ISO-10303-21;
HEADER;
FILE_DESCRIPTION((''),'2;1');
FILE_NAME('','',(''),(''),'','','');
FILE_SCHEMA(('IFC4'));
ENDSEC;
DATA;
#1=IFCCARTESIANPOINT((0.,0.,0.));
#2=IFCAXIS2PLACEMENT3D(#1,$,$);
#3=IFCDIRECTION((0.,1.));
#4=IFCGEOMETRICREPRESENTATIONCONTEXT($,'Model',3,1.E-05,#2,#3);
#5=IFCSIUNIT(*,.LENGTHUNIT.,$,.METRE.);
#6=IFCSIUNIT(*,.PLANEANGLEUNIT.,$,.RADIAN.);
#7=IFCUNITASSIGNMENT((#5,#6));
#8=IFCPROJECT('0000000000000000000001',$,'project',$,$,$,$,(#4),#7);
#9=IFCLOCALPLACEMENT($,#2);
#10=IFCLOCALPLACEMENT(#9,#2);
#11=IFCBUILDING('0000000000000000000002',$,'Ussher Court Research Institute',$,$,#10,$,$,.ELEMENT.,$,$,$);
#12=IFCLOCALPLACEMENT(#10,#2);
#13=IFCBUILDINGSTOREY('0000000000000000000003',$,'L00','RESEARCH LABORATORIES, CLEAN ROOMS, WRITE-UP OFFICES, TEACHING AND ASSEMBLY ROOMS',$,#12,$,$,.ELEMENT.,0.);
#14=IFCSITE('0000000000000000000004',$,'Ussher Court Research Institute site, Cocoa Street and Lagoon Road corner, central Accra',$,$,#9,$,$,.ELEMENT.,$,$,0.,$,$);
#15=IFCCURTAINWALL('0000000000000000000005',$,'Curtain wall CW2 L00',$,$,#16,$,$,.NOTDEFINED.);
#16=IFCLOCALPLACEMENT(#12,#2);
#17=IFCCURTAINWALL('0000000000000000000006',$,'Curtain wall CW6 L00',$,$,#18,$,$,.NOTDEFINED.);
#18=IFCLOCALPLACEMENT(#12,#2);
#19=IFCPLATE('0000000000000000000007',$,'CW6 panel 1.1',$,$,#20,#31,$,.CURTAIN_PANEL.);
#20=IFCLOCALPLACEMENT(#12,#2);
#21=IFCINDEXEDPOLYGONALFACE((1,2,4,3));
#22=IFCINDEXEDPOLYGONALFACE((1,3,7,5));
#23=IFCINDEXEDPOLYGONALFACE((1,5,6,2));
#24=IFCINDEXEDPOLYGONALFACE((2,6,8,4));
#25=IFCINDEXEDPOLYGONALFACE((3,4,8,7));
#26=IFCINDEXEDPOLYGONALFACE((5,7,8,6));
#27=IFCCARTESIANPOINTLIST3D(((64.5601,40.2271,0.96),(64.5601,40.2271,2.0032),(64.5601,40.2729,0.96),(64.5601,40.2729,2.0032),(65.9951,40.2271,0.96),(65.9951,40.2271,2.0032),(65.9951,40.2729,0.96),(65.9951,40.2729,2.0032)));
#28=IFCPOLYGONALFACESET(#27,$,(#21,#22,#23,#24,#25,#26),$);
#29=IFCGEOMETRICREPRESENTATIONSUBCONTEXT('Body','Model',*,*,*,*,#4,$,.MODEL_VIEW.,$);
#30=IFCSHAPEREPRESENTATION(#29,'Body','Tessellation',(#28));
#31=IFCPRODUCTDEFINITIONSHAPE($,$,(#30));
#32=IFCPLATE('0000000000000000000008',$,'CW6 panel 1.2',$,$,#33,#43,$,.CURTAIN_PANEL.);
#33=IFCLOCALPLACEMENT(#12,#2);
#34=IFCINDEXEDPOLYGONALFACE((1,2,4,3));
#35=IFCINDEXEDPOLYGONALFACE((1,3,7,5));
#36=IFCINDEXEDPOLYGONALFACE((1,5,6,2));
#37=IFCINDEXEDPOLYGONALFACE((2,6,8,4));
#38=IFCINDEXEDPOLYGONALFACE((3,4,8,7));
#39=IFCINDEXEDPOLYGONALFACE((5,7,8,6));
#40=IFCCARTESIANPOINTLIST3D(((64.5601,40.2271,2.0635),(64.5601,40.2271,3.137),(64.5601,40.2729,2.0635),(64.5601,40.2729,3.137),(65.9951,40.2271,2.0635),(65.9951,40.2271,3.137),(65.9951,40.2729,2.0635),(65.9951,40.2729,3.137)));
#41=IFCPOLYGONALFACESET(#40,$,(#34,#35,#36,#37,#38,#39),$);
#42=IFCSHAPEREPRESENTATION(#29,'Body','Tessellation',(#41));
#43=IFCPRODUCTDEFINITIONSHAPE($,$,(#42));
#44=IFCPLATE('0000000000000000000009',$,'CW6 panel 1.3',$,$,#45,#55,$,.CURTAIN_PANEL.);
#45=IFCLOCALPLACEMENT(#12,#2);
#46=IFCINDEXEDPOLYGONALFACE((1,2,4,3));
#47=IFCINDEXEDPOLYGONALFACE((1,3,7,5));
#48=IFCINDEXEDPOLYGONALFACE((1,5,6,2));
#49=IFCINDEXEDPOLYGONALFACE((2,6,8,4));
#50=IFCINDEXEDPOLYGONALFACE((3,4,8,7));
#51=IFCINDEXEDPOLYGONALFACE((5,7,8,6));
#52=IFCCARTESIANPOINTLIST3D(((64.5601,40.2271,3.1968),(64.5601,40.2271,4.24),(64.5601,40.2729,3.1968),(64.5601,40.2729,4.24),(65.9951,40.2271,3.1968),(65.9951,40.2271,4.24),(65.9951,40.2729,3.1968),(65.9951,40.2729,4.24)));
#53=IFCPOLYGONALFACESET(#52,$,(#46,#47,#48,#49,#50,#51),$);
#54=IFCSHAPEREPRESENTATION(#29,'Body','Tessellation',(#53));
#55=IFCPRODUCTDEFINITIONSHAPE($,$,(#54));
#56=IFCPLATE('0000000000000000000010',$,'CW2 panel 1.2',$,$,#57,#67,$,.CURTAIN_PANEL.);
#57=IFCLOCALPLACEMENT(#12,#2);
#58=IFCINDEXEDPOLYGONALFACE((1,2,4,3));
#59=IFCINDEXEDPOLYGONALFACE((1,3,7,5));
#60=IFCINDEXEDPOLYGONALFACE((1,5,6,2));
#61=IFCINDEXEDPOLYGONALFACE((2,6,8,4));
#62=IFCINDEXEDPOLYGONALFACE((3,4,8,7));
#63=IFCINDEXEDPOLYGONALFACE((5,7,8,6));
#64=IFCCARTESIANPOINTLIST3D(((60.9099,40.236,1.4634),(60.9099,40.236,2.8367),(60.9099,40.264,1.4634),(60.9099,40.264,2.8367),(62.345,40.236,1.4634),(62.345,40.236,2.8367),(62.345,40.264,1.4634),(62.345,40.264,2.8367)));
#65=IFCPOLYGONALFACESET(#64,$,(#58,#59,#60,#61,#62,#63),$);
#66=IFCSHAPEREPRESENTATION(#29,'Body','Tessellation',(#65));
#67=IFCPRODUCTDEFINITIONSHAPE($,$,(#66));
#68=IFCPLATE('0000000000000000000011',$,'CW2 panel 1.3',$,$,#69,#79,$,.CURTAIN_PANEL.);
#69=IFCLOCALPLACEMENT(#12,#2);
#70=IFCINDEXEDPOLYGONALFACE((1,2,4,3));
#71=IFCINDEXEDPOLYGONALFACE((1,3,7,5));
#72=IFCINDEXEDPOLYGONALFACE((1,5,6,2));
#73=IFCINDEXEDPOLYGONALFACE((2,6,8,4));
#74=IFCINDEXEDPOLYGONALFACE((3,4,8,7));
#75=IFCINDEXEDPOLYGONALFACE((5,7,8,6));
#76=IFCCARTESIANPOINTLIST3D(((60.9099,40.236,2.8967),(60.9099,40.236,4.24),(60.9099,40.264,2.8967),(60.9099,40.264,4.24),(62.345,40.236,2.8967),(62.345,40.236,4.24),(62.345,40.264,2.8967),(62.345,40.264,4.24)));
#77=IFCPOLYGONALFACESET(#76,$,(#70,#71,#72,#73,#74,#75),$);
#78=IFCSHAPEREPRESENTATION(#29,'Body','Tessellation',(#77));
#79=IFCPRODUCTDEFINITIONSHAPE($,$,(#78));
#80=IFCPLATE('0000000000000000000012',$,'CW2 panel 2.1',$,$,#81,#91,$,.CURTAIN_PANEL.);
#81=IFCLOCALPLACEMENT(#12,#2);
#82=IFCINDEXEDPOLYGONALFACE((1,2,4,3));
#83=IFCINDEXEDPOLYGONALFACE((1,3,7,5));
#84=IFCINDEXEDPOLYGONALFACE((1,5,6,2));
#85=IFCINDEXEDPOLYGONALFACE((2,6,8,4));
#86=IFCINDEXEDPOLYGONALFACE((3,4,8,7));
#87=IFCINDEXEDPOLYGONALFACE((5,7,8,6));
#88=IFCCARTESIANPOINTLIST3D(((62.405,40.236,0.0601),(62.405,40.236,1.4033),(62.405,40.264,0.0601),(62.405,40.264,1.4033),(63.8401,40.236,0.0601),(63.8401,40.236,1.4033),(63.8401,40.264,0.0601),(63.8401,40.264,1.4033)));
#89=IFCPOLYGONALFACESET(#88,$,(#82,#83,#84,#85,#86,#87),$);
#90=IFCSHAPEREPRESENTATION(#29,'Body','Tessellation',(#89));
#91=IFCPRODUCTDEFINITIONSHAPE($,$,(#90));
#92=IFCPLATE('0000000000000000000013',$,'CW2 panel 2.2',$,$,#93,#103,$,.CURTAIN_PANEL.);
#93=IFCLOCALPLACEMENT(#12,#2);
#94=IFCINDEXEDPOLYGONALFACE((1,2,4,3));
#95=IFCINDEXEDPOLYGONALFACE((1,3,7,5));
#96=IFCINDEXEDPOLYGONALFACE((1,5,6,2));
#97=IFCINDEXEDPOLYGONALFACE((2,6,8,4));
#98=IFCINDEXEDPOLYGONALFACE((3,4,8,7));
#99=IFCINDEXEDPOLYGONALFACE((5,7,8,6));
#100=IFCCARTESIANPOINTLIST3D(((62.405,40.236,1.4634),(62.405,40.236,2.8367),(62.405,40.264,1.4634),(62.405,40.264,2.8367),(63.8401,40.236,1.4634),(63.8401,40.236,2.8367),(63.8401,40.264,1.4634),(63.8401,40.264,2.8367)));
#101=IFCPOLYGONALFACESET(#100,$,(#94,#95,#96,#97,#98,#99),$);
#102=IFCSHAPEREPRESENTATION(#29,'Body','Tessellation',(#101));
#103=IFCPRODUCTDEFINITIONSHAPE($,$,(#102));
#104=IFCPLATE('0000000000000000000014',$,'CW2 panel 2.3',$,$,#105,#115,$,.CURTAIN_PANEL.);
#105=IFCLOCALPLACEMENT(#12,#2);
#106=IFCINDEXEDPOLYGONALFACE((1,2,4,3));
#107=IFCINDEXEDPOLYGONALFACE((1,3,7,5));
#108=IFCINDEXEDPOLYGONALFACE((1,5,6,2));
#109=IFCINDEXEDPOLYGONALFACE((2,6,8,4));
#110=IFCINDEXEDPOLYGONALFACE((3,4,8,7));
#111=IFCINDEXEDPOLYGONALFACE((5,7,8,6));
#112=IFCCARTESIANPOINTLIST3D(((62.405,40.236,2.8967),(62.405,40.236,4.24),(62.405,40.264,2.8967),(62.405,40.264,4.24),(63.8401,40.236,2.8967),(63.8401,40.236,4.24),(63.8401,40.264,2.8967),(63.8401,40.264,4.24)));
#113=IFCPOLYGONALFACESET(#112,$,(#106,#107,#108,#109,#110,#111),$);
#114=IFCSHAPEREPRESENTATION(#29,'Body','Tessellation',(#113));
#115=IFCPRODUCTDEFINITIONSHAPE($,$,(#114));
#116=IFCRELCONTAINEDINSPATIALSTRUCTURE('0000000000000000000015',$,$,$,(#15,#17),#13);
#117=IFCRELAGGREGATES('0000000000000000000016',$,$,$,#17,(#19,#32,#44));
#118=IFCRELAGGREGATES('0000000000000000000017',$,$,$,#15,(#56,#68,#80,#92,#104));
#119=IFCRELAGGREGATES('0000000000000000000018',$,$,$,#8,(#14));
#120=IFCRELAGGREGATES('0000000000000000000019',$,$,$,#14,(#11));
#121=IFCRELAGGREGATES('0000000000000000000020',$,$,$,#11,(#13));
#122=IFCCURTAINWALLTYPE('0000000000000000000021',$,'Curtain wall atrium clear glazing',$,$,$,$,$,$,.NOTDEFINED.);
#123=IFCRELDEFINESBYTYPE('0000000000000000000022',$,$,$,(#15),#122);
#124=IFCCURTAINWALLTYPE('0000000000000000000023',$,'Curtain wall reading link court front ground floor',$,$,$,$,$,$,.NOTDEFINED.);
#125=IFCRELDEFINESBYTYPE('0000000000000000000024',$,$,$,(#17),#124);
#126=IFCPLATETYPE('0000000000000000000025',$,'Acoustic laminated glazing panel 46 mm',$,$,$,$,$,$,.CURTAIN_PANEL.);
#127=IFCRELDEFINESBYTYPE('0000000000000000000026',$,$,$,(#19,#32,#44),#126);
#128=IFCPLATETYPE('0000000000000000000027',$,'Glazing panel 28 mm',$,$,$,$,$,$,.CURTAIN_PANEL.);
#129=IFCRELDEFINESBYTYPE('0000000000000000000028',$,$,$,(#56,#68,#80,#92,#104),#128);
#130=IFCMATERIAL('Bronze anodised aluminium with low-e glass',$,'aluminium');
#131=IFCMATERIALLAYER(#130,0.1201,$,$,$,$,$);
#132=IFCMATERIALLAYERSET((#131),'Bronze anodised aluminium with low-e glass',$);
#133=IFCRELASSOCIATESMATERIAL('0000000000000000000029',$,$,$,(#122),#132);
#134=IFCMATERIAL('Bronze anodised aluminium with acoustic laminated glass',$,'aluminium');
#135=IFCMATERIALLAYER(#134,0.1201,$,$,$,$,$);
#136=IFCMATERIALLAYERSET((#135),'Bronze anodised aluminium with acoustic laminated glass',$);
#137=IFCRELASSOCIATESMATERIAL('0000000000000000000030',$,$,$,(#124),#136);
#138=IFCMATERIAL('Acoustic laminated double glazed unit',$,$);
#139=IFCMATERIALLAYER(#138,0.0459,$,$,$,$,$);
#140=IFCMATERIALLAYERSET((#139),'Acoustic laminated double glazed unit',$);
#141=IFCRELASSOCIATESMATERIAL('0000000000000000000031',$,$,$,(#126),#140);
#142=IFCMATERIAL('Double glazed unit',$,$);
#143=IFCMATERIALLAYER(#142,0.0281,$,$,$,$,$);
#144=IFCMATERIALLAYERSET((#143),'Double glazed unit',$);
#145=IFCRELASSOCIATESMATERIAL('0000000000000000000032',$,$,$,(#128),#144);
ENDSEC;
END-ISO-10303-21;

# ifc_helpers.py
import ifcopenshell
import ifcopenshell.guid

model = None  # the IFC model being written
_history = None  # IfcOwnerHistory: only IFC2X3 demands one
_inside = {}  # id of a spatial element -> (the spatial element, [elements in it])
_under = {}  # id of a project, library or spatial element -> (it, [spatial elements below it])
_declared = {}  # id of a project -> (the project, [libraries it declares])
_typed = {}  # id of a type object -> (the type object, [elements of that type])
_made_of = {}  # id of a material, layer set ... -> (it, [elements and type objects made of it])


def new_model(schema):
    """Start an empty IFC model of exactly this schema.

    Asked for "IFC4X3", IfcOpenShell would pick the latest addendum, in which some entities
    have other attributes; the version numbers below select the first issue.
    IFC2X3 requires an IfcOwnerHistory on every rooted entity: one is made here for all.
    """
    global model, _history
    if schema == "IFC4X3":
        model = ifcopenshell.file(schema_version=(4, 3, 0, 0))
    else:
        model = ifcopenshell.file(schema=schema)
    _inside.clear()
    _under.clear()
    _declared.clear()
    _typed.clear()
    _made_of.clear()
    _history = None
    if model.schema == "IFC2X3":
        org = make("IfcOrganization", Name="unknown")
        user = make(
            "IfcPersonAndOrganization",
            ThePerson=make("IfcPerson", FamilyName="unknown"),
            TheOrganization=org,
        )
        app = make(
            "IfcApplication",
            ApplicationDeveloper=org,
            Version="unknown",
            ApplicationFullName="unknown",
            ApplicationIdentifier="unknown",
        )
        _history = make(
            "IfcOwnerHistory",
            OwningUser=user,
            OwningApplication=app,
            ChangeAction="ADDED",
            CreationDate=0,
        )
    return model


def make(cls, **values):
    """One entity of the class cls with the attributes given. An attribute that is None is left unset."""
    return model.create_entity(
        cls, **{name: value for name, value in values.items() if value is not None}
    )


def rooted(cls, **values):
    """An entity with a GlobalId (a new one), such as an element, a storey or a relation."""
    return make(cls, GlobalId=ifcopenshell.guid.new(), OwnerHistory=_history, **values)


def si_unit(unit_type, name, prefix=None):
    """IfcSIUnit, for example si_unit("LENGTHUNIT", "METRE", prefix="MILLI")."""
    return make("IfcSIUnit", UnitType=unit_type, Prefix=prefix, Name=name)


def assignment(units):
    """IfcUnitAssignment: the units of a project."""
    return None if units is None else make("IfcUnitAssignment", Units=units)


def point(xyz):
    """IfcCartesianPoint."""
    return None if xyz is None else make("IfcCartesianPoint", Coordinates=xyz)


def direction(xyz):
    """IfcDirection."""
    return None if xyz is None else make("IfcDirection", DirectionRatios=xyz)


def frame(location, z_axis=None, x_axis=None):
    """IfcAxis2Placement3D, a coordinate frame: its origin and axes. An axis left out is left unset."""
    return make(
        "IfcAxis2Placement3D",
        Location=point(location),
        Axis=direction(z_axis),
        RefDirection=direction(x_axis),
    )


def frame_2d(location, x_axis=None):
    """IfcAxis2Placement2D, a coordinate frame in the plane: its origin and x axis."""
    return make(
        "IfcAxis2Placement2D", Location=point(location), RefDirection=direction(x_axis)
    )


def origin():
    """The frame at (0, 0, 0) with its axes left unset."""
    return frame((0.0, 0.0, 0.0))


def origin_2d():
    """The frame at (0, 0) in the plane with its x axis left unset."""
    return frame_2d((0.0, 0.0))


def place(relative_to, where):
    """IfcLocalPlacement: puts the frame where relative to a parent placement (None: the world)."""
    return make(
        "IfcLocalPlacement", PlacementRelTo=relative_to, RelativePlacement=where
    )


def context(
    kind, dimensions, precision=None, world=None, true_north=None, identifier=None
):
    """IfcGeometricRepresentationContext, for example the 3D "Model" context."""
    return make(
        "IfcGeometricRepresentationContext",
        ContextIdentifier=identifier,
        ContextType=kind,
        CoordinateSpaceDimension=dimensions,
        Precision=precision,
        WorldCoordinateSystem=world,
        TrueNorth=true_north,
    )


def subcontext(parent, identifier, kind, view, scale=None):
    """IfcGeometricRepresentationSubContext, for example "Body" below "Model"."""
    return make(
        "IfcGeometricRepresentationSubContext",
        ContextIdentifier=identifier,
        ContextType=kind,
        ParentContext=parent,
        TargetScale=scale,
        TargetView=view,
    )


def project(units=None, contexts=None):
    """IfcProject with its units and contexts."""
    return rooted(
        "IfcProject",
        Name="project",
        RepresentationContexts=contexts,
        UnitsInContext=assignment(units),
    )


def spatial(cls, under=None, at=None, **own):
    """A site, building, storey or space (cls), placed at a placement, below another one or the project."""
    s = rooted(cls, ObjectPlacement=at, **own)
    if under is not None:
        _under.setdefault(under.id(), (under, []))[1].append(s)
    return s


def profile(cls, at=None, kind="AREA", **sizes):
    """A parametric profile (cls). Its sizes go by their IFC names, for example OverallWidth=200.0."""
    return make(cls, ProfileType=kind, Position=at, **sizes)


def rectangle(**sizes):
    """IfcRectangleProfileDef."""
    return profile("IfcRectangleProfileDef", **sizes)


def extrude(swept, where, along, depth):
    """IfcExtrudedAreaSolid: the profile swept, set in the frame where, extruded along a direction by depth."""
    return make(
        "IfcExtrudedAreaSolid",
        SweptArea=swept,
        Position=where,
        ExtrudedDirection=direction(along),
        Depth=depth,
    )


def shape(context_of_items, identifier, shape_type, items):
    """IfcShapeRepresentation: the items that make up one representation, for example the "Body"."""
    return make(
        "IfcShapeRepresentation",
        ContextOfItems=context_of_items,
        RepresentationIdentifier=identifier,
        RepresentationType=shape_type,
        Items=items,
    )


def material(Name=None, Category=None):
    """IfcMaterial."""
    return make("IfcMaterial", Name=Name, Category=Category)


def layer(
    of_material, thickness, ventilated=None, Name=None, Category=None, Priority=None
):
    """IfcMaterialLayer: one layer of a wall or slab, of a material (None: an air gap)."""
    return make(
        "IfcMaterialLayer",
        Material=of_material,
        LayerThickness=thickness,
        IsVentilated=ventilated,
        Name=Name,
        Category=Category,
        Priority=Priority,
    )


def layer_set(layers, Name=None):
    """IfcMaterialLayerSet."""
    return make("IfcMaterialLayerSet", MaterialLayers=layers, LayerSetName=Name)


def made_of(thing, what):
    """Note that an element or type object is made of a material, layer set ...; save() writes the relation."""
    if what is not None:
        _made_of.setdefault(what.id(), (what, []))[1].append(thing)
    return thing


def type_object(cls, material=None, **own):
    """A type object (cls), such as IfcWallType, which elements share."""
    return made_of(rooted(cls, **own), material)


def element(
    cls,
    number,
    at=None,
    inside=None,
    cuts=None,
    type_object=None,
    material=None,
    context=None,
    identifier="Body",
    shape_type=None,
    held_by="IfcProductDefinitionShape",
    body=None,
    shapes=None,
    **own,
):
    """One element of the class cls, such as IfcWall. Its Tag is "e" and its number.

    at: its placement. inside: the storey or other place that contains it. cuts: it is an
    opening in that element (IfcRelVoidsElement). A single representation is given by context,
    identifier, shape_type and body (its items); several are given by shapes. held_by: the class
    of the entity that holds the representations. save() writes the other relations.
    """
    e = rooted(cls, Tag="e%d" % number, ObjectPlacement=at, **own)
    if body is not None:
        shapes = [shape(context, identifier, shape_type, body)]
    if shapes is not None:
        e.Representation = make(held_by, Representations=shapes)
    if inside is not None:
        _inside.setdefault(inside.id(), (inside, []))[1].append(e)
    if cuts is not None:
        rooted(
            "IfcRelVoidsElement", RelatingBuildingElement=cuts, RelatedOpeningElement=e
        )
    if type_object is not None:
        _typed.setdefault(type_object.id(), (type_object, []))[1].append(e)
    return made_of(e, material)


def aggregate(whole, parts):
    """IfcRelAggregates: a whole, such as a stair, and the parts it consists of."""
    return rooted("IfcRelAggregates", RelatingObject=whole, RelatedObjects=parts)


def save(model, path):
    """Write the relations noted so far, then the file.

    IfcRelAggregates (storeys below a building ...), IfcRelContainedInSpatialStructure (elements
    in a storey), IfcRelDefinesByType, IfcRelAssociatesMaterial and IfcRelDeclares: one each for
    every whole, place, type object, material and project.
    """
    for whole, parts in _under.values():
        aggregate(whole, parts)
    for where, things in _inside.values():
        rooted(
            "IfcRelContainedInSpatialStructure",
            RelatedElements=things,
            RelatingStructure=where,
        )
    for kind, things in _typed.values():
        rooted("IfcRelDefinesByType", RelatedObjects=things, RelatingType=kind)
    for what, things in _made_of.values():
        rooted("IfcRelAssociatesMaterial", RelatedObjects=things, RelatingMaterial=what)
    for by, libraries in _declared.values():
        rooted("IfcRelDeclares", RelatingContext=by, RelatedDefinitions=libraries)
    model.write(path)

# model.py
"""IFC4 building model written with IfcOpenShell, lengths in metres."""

from ifc_helpers import new_model, si_unit, direction, frame, origin, origin_2d, place, context, subcontext, project, spatial, rectangle, extrude, material, layer, layer_set, type_object, element, aggregate, save


model = new_model("IFC4")

# Units and contexts
model_context = context("Model", 3, precision=1e-05, world=origin(), true_north=direction((0.0, 1.0)))
body_context = subcontext(model_context, "Body", "Model", "MODEL_VIEW")
ifc_project = project(units=[si_unit("LENGTHUNIT", "METRE"), si_unit("PLANEANGLEUNIT", "RADIAN")], contexts=[model_context])

# Site, building, storey
site_placement = place(None, origin())
site = spatial("IfcSite", under=ifc_project, at=site_placement, Name="Ussher Court Research Institute site, Cocoa Street and Lagoon Road corner, central Accra", CompositionType="ELEMENT", RefElevation=0.0)
building_placement = place(site_placement, origin())
building = spatial("IfcBuilding", under=site, at=building_placement, Name="Ussher Court Research Institute", CompositionType="ELEMENT")
storey_placement = place(building_placement, origin())
storey = spatial("IfcBuildingStorey", under=building, at=storey_placement, Name="L00", Description="RESEARCH LABORATORIES, CLEAN ROOMS, WRITE-UP OFFICES, TEACHING AND ASSEMBLY ROOMS", CompositionType="ELEMENT", Elevation=0.0)

# Curtain walls
ifc_material_1 = material(Name="Bronze anodised aluminium with low-e glass", Category="aluminium")
ifc_layer_1 = layer(ifc_material_1, 0.1201)
ifc_layer_set_1 = layer_set([ifc_layer_1], Name="Bronze anodised aluminium with low-e glass")
curtain_wall_type_1 = type_object("IfcCurtainWallType", Name="Curtain wall atrium clear glazing", PredefinedType="NOTDEFINED", material=ifc_layer_set_1)
curtain_wall_1_placement = place(storey_placement, origin())
curtain_wall_1 = element("IfcCurtainWall", 1, at=curtain_wall_1_placement, inside=storey, type_object=curtain_wall_type_1, Name="Curtain wall CW2 L00", PredefinedType="NOTDEFINED")
ifc_material_2 = material(Name="Bronze anodised aluminium with acoustic laminated glass", Category="aluminium")
ifc_layer_2 = layer(ifc_material_2, 0.1201)
ifc_layer_set_2 = layer_set([ifc_layer_2], Name="Bronze anodised aluminium with acoustic laminated glass")
curtain_wall_type_2 = type_object("IfcCurtainWallType", Name="Curtain wall reading link court front ground floor", PredefinedType="NOTDEFINED", material=ifc_layer_set_2)
curtain_wall_2_placement = place(storey_placement, origin())
curtain_wall_2 = element("IfcCurtainWall", 2, at=curtain_wall_2_placement, inside=storey, type_object=curtain_wall_type_2, Name="Curtain wall CW6 L00", PredefinedType="NOTDEFINED")

# Plates
ifc_material_3 = material(Name="Acoustic laminated double glazed unit")
ifc_layer_3 = layer(ifc_material_3, 0.0459)
ifc_layer_set_3 = layer_set([ifc_layer_3], Name="Acoustic laminated double glazed unit")
plate_type_1 = type_object("IfcPlateType", Name="Acoustic laminated glazing panel 46 mm", PredefinedType="CURTAIN_PANEL", material=ifc_layer_set_3)
plate_1_placement = place(storey_placement, frame((65.2776, 40.25, 0.96), z_axis=(0.0, 0.0, 1.0), x_axis=(1.0, 0.0, 0.0)))
plate_1 = element("IfcPlate", 3, at=plate_1_placement, type_object=plate_type_1, Name="CW6 panel 1.1", PredefinedType="CURTAIN_PANEL", context=body_context, shape_type="SweptSolid", body=[
    extrude(rectangle(XDim=1.4351, YDim=0.0459, at=origin_2d()), origin(), (0.0, 0.0, 1.0), 1.0432),
])
plate_2_placement = place(storey_placement, frame((65.2776, 40.25, 2.0635), z_axis=(0.0, 0.0, 1.0), x_axis=(1.0, 0.0, 0.0)))
plate_2 = element("IfcPlate", 4, at=plate_2_placement, type_object=plate_type_1, Name="CW6 panel 1.2", PredefinedType="CURTAIN_PANEL", context=body_context, shape_type="SweptSolid", body=[
    extrude(rectangle(XDim=1.4351, YDim=0.0459, at=origin_2d()), origin(), (0.0, 0.0, 1.0), 1.0735),
])
plate_3_placement = place(storey_placement, frame((65.2776, 40.25, 3.1968), z_axis=(0.0, 0.0, 1.0), x_axis=(1.0, 0.0, 0.0)))
plate_3 = element("IfcPlate", 5, at=plate_3_placement, type_object=plate_type_1, Name="CW6 panel 1.3", PredefinedType="CURTAIN_PANEL", context=body_context, shape_type="SweptSolid", body=[
    extrude(rectangle(XDim=1.4351, YDim=0.0459, at=origin_2d()), origin(), (0.0, 0.0, 1.0), 1.0432),
])
aggregate(curtain_wall_2, [plate_1, plate_2, plate_3])
ifc_material_4 = material(Name="Double glazed unit")
ifc_layer_4 = layer(ifc_material_4, 0.0281)
ifc_layer_set_4 = layer_set([ifc_layer_4], Name="Double glazed unit")
plate_type_2 = type_object("IfcPlateType", Name="Glazing panel 28 mm", PredefinedType="CURTAIN_PANEL", material=ifc_layer_set_4)
plate_4_placement = place(storey_placement, frame((61.6274, 40.25, 1.4634), z_axis=(0.0, 0.0, 1.0), x_axis=(1.0, 0.0, 0.0)))
plate_4 = element("IfcPlate", 6, at=plate_4_placement, type_object=plate_type_2, Name="CW2 panel 1.2", PredefinedType="CURTAIN_PANEL", context=body_context, shape_type="SweptSolid", body=[
    extrude(rectangle(XDim=1.4351, YDim=0.0281, at=origin_2d()), origin(), (0.0, 0.0, 1.0), 1.3733),
])
plate_5_placement = place(storey_placement, frame((61.6274, 40.25, 2.8967), z_axis=(0.0, 0.0, 1.0), x_axis=(1.0, 0.0, 0.0)))
plate_5 = element("IfcPlate", 7, at=plate_5_placement, type_object=plate_type_2, Name="CW2 panel 1.3", PredefinedType="CURTAIN_PANEL", context=body_context, shape_type="SweptSolid", body=[
    extrude(rectangle(XDim=1.4351, YDim=0.0281, at=origin_2d()), origin(), (0.0, 0.0, 1.0), 1.3433),
])
plate_6_placement = place(storey_placement, frame((63.1226, 40.25, 0.0601), z_axis=(0.0, 0.0, 1.0), x_axis=(1.0, 0.0, 0.0)))
plate_6 = element("IfcPlate", 8, at=plate_6_placement, type_object=plate_type_2, Name="CW2 panel 2.1", PredefinedType="CURTAIN_PANEL", context=body_context, shape_type="SweptSolid", body=[
    extrude(rectangle(XDim=1.4351, YDim=0.0281, at=origin_2d()), origin(), (0.0, 0.0, 1.0), 1.3433),
])
plate_7_placement = place(storey_placement, frame((63.1226, 40.25, 1.4634), z_axis=(0.0, 0.0, 1.0), x_axis=(1.0, 0.0, 0.0)))
plate_7 = element("IfcPlate", 9, at=plate_7_placement, type_object=plate_type_2, Name="CW2 panel 2.2", PredefinedType="CURTAIN_PANEL", context=body_context, shape_type="SweptSolid", body=[
    extrude(rectangle(XDim=1.4351, YDim=0.0281, at=origin_2d()), origin(), (0.0, 0.0, 1.0), 1.3733),
])
plate_8_placement = place(storey_placement, frame((63.1226, 40.25, 2.8967), z_axis=(0.0, 0.0, 1.0), x_axis=(1.0, 0.0, 0.0)))
plate_8 = element("IfcPlate", 10, at=plate_8_placement, type_object=plate_type_2, Name="CW2 panel 2.3", PredefinedType="CURTAIN_PANEL", context=body_context, shape_type="SweptSolid", body=[
    extrude(rectangle(XDim=1.4351, YDim=0.0281, at=origin_2d()), origin(), (0.0, 0.0, 1.0), 1.3433),
])
aggregate(curtain_wall_1, [plate_4, plate_5, plate_6, plate_7, plate_8])

save(model, "model.ifc")
